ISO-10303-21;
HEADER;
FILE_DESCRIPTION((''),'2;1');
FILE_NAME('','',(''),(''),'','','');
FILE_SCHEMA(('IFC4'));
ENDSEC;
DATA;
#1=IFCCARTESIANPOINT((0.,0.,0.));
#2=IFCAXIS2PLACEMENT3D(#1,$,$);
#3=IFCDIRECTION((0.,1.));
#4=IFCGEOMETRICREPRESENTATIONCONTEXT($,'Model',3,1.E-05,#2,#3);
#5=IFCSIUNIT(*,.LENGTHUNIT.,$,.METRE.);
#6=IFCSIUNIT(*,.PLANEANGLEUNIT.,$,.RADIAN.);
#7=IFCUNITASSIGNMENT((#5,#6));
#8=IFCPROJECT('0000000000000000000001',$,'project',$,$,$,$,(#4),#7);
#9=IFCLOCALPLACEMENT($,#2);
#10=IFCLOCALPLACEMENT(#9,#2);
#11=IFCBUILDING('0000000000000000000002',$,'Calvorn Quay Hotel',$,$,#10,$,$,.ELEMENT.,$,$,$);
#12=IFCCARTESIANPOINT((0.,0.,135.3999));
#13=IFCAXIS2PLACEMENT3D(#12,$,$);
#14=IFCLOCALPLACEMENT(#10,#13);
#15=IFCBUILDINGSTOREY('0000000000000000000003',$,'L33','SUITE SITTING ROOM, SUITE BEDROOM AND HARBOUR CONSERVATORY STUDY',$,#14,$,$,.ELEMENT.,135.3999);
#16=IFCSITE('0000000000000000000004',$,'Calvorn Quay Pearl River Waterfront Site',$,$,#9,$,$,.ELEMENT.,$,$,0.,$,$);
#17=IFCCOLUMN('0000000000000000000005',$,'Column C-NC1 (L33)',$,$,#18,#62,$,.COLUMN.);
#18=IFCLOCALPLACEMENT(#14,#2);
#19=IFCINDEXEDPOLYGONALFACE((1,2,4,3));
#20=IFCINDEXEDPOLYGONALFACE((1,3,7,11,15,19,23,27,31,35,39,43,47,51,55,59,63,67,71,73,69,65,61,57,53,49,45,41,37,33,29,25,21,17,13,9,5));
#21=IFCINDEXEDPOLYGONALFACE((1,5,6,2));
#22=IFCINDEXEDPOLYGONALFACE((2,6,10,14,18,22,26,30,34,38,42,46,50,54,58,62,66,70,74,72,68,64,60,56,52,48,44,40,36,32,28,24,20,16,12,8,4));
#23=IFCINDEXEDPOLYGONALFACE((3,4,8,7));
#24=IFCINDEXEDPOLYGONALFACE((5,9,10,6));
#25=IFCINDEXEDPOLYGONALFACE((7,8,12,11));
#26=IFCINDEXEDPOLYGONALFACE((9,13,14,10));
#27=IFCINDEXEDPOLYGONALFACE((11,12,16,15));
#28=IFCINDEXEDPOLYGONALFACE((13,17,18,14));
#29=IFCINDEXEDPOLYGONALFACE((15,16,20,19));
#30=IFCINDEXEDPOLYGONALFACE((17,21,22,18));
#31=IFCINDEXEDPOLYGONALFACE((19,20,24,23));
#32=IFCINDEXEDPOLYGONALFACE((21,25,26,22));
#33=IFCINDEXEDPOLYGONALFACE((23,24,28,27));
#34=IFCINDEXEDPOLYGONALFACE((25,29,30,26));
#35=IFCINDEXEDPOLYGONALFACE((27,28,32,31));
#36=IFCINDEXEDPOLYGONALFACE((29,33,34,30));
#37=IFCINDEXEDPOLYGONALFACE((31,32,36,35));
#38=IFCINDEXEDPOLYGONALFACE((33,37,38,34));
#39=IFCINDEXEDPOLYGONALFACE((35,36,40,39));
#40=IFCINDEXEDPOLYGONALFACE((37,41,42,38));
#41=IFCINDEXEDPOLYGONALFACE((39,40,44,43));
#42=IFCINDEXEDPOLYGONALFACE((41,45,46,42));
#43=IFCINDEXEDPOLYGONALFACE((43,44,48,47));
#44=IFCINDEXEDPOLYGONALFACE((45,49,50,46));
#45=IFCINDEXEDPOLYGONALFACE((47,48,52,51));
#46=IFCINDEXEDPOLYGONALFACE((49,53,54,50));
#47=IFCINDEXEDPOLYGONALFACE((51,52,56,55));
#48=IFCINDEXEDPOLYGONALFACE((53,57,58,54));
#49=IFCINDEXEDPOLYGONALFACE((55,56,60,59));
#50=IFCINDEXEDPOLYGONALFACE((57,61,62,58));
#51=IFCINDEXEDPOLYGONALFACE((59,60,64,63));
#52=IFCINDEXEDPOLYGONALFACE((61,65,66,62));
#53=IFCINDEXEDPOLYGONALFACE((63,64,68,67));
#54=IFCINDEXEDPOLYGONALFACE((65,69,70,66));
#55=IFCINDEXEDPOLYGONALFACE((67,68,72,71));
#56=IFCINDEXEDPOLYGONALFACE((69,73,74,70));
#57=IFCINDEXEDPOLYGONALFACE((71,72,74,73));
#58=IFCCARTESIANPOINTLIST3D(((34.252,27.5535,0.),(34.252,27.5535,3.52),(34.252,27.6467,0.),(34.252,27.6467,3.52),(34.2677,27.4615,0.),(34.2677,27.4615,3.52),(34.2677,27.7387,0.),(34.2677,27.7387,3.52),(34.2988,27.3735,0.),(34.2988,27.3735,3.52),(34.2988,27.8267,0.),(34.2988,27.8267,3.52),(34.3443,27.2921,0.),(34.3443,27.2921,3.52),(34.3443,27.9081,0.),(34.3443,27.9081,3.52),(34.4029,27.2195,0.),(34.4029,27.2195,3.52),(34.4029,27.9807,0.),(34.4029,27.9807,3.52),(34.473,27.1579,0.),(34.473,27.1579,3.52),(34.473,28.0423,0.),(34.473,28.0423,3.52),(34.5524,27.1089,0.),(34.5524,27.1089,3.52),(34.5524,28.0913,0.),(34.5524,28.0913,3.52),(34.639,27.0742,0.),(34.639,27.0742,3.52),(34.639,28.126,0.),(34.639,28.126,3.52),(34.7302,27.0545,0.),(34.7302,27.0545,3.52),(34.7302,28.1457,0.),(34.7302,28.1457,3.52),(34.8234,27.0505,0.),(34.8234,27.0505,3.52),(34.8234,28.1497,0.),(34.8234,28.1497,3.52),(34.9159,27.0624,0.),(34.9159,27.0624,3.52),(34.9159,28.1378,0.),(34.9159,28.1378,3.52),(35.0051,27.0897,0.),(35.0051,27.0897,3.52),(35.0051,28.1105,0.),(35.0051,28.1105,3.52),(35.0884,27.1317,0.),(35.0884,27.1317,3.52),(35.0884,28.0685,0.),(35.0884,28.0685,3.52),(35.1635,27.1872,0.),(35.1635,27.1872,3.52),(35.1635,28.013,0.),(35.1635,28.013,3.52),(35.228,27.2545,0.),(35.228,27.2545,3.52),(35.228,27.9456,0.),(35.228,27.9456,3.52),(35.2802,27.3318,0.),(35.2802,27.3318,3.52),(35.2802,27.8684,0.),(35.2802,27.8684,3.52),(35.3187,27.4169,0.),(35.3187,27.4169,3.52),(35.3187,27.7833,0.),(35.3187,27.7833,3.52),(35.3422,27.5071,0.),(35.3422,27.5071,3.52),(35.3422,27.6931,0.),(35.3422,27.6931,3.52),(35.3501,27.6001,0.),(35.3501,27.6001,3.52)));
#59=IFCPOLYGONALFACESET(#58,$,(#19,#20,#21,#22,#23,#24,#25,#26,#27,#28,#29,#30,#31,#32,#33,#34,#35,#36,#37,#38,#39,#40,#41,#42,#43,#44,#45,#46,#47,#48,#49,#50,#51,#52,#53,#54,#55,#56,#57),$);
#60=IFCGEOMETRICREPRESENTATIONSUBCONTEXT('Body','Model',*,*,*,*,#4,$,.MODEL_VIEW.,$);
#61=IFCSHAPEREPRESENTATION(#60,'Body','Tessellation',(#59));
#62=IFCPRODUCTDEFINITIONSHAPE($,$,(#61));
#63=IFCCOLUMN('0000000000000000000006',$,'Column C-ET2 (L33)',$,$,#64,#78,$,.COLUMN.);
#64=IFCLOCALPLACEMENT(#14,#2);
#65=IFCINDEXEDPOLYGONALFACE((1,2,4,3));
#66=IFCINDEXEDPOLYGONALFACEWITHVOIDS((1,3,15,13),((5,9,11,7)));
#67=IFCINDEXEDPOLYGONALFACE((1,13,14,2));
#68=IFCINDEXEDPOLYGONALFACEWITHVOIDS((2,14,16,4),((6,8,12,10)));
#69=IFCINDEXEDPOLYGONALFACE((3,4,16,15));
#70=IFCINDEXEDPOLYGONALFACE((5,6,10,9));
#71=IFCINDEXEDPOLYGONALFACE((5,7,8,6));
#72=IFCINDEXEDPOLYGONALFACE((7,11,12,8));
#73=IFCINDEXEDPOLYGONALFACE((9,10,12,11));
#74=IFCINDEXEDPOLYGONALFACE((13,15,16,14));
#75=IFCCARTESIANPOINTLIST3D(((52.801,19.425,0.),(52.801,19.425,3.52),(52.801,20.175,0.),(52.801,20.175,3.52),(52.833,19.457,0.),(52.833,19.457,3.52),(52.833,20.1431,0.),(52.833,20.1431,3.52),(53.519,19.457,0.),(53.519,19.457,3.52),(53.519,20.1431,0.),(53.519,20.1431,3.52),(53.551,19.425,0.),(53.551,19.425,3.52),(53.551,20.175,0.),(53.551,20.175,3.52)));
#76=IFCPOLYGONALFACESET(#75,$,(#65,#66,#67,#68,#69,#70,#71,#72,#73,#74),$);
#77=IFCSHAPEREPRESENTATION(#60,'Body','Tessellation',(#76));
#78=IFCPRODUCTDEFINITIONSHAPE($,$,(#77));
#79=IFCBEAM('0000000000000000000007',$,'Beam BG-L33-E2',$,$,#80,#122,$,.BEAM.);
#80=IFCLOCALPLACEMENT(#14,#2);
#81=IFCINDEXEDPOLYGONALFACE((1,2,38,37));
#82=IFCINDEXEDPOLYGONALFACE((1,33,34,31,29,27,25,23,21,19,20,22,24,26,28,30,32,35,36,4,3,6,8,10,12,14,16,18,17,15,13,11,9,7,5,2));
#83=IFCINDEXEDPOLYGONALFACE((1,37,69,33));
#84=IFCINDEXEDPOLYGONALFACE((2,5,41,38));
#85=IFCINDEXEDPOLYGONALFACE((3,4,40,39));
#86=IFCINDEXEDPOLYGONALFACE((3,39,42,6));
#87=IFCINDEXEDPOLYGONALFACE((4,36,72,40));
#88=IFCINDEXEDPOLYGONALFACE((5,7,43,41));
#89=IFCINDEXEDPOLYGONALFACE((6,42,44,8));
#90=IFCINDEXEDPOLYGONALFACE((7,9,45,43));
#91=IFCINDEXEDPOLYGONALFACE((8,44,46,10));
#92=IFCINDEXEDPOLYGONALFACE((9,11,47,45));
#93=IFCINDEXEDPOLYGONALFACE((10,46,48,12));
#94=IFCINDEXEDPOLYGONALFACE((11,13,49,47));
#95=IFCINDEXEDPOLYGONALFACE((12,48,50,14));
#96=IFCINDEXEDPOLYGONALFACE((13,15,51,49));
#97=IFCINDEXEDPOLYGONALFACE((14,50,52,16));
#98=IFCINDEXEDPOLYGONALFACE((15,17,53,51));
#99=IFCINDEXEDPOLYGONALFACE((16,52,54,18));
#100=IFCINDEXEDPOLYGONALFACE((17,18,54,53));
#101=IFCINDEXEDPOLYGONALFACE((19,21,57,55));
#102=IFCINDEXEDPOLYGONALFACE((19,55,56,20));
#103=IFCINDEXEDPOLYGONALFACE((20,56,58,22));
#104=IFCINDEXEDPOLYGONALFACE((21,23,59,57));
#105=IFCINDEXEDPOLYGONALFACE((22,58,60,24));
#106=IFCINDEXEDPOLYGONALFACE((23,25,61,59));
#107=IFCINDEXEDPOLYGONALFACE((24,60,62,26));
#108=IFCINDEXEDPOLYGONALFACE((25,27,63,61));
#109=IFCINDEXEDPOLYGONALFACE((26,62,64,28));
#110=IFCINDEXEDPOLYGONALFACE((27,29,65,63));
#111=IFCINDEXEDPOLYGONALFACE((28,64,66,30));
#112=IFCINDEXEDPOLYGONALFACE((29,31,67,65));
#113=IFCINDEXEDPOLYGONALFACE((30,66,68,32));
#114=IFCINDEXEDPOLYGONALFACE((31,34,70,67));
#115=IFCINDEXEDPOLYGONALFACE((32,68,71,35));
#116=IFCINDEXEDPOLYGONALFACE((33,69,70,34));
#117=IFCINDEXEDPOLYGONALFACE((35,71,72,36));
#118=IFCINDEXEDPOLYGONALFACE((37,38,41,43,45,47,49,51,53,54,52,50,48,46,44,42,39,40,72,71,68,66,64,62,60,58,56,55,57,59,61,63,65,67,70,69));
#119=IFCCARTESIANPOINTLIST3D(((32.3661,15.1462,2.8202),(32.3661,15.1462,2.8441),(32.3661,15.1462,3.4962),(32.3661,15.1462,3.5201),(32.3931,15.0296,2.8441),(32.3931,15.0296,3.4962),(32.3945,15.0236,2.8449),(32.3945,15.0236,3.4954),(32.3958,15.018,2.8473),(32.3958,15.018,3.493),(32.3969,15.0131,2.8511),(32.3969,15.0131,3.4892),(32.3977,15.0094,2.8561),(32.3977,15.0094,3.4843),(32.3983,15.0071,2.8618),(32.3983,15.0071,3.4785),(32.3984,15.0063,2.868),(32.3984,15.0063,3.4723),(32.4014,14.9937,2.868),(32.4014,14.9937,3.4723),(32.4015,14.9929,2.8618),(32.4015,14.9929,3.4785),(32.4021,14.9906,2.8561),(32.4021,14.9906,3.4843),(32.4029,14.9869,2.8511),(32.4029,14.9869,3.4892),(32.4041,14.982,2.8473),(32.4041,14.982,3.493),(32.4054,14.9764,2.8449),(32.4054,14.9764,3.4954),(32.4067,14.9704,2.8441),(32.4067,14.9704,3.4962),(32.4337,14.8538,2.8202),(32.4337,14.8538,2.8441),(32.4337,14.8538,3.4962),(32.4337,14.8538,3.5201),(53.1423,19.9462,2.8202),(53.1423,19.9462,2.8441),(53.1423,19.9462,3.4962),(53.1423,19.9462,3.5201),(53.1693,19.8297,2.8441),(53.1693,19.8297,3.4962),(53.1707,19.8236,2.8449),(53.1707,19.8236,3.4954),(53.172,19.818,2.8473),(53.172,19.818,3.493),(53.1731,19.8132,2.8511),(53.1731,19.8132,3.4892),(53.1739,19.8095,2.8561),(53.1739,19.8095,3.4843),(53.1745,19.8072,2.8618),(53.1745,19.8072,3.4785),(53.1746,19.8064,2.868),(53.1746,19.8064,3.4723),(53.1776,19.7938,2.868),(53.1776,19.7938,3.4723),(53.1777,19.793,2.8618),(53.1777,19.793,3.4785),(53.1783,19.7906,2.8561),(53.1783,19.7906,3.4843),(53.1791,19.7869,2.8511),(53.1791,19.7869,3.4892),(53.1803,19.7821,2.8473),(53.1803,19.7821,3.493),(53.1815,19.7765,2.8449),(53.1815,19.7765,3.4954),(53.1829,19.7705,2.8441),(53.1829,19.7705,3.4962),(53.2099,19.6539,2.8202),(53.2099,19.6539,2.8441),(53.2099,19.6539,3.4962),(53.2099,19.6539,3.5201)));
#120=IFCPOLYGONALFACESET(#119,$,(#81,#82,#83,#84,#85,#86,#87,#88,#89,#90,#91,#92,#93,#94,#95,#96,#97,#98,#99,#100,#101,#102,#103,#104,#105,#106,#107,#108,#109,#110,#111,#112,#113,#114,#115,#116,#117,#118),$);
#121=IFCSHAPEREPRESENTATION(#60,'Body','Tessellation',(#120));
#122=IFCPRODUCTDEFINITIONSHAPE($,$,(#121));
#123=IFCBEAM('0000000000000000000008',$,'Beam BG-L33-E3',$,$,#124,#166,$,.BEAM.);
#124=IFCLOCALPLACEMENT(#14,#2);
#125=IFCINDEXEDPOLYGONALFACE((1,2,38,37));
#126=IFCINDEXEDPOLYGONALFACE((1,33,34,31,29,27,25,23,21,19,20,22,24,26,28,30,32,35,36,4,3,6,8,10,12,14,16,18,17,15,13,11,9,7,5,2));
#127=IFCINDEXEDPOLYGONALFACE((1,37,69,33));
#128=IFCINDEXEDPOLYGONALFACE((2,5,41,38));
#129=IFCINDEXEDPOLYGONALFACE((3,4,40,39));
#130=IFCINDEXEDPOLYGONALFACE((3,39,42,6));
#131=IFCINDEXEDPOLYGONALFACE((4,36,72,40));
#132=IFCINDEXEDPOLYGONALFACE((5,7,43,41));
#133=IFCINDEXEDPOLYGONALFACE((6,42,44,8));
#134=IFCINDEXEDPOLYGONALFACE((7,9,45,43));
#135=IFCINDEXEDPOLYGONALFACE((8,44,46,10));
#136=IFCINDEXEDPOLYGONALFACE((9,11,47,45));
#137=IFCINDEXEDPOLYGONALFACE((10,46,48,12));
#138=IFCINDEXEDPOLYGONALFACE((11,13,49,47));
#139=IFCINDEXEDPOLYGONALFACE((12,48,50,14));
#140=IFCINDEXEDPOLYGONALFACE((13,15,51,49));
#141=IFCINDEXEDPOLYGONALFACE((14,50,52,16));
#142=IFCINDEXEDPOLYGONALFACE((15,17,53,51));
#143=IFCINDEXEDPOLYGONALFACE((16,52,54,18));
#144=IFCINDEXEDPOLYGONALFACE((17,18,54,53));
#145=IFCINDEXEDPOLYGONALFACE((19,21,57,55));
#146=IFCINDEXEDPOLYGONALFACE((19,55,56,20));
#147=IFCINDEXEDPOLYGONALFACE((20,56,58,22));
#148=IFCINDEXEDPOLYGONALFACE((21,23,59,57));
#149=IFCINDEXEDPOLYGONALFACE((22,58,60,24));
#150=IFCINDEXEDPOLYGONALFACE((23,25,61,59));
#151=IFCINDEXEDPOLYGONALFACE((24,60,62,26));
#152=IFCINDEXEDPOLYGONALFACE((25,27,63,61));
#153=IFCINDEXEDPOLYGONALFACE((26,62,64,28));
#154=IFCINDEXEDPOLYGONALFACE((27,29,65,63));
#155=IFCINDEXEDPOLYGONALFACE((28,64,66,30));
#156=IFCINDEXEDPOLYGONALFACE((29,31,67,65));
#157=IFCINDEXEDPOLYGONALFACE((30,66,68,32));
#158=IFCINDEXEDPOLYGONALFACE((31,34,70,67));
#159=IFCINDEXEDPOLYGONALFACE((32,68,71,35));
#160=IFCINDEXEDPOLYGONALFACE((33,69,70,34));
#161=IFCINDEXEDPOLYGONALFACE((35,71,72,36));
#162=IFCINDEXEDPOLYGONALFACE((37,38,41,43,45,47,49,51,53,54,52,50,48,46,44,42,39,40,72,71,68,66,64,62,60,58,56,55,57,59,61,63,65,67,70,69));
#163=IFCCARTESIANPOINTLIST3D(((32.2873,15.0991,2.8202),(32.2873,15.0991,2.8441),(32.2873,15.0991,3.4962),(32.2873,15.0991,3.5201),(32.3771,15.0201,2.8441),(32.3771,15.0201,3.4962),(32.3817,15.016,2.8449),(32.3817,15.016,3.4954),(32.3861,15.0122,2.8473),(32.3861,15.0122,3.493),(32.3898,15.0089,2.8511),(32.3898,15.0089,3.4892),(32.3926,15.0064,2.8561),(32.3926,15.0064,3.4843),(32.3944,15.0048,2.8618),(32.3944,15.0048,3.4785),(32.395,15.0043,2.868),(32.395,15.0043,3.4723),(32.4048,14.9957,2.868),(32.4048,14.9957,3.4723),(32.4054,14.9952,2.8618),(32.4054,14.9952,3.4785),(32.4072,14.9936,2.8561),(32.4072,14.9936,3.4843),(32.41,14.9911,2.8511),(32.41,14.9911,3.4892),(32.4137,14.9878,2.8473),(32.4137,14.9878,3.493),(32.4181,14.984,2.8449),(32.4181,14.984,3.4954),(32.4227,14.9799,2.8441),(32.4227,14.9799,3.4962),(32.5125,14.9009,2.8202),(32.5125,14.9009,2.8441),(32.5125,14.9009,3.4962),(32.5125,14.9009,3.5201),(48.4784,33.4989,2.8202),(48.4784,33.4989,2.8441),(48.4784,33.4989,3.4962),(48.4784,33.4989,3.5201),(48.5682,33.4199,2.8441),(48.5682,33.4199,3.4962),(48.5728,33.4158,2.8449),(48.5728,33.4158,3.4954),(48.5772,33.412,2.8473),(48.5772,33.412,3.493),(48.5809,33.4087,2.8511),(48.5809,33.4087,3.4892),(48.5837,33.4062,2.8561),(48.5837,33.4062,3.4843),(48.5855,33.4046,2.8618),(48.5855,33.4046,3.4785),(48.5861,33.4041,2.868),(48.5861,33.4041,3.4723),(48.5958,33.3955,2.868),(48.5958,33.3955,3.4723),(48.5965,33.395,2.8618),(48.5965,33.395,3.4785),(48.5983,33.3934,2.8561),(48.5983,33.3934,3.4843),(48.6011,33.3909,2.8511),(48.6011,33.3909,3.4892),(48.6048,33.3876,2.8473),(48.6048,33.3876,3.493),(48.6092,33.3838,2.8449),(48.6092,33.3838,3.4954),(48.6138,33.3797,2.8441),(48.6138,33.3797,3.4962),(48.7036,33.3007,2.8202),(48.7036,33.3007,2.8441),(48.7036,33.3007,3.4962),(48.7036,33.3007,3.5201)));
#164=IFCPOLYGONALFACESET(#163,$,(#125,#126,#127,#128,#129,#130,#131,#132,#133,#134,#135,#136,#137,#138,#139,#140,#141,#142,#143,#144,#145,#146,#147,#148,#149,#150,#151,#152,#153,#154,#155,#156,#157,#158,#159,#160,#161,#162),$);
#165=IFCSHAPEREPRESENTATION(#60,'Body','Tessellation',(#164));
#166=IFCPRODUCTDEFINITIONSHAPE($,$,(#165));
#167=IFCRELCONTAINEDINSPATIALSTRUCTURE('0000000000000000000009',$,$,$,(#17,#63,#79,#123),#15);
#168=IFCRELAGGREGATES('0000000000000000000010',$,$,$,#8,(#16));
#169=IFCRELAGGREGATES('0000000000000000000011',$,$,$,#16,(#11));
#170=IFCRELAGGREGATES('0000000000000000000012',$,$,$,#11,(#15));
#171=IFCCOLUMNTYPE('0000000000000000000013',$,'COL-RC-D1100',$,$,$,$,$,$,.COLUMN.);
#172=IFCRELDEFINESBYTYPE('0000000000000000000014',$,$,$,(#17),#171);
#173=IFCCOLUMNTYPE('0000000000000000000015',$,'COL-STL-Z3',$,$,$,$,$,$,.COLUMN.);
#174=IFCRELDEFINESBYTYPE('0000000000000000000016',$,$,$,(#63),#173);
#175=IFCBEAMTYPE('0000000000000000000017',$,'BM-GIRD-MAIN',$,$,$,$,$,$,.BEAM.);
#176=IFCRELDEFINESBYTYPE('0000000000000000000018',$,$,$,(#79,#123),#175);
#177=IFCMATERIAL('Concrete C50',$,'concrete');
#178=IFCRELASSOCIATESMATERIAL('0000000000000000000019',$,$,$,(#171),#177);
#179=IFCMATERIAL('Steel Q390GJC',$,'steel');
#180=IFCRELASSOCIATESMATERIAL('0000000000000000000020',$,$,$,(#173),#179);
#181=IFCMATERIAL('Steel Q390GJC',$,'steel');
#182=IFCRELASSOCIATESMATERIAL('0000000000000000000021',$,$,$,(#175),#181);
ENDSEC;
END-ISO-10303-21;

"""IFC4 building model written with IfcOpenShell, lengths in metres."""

from ifc_helpers import new_model, si_unit, direction, frame, origin, origin_2d, place, context, subcontext, project, spatial, hollow_rectangle, circle, i_section, extrude, material, material_profile, profile_set, type_object, element, save


model = new_model("IFC4")

# Units and contexts
model_context = context("Model", 3, precision=1e-05, world=origin(), true_north=direction((0.0, 1.0)))
body_context = subcontext(model_context, "Body", "Model", "MODEL_VIEW")
ifc_project = project(units=[si_unit("LENGTHUNIT", "METRE"), si_unit("PLANEANGLEUNIT", "RADIAN")], contexts=[model_context])

# Site, building, storey
site_placement = place(None, origin())
site = spatial("IfcSite", under=ifc_project, at=site_placement, Name="Calvorn Quay Pearl River Waterfront Site", CompositionType="ELEMENT", RefElevation=0.0)
building_placement = place(site_placement, origin())
building = spatial("IfcBuilding", under=site, at=building_placement, Name="Calvorn Quay Hotel", CompositionType="ELEMENT")
storey_placement = place(building_placement, frame((0.0, 0.0, 135.3999)))
storey = spatial("IfcBuildingStorey", under=building, at=storey_placement, Name="L33", Description="SUITE SITTING ROOM, SUITE BEDROOM AND HARBOUR CONSERVATORY STUDY", CompositionType="ELEMENT", Elevation=135.3999)

# Columns
ifc_material_1 = material(Name="Concrete C50", Category="concrete")
ifc_material_profile_1 = material_profile(ifc_material_1, circle(Radius=0.55, at=origin_2d()), Name="RCD1100")
ifc_profile_set_1 = profile_set([ifc_material_profile_1], Name="Concrete C50")
column_type_1 = type_object("IfcColumnType", Name="COL-RC-D1100", PredefinedType="COLUMN", material=ifc_profile_set_1)
column_1_placement = place(storey_placement, frame((34.8, 27.6001, 0.0), z_axis=(0.0, 0.0, 1.0), x_axis=(1.0, 0.0, 0.0)))
element("IfcColumn", 1, at=column_1_placement, inside=storey, type_object=column_type_1, Name="Column C-NC1 (L33)", PredefinedType="COLUMN", context=body_context, shape_type="SweptSolid", body=[
    extrude(circle(Radius=0.55, at=origin_2d()), origin(), (0.0, 0.0, 1.0), 3.52),
])
ifc_material_2 = material(Name="Steel Q390GJC", Category="steel")
ifc_material_profile_2 = material_profile(ifc_material_2, hollow_rectangle(XDim=0.75, YDim=0.75, WallThickness=0.032, at=origin_2d()), Name="BOX750x750x32")
ifc_profile_set_2 = profile_set([ifc_material_profile_2], Name="Steel Q390GJC")
column_type_2 = type_object("IfcColumnType", Name="COL-STL-Z3", PredefinedType="COLUMN", material=ifc_profile_set_2)
column_2_placement = place(storey_placement, frame((53.176, 19.8, 0.0), z_axis=(0.0, 0.0, 1.0), x_axis=(1.0, 0.0, 0.0)))
element("IfcColumn", 2, at=column_2_placement, inside=storey, type_object=column_type_2, Name="Column C-ET2 (L33)", PredefinedType="COLUMN", context=body_context, shape_type="SweptSolid", body=[
    extrude(hollow_rectangle(XDim=0.75, YDim=0.75, WallThickness=0.032, at=origin_2d()), origin(), (0.0, 0.0, 1.0), 3.52),
])

# Beams
ifc_material_3 = material(Name="Steel Q390GJC", Category="steel")
ifc_material_profile_3 = material_profile(ifc_material_3, i_section(OverallWidth=0.3, OverallDepth=0.7, WebThickness=0.0129, FlangeThickness=0.0239, FilletRadius=0.0239, at=origin_2d()), Name="HN700x300x13x24")
ifc_profile_set_3 = profile_set([ifc_material_profile_3], Name="Steel Q390GJC")
beam_type_1 = type_object("IfcBeamType", Name="BM-GIRD-MAIN", PredefinedType="BEAM", material=ifc_profile_set_3)
beam_1_placement = place(storey_placement, frame((32.3999, 15.0, 3.1702), z_axis=(0.974334, 0.225107, 0.0), x_axis=(-0.225107, 0.974334, 0.0)))
element("IfcBeam", 3, at=beam_1_placement, inside=storey, type_object=beam_type_1, Name="Beam BG-L33-E2", PredefinedType="BEAM", context=body_context, shape_type="SweptSolid", body=[
    extrude(i_section(OverallWidth=0.3, OverallDepth=0.7, WebThickness=0.0129, FlangeThickness=0.0239, FilletRadius=0.0239, at=origin_2d()), origin(), (0.0, 0.0, 1.0), 21.3235),
])
beam_2_placement = place(storey_placement, frame((32.3999, 15.0, 3.1702), z_axis=(0.660611, 0.750729, 0.0), x_axis=(-0.750729, 0.660611, 0.0)))
element("IfcBeam", 4, at=beam_2_placement, inside=storey, type_object=beam_type_1, Name="Beam BG-L33-E3", PredefinedType="BEAM", context=body_context, shape_type="SweptSolid", body=[
    extrude(i_section(OverallWidth=0.3, OverallDepth=0.7, WebThickness=0.0129, FlangeThickness=0.0239, FilletRadius=0.0239, at=origin_2d()), origin(), (0.0, 0.0, 1.0), 24.5093),
])

save(model, "model.ifc")
